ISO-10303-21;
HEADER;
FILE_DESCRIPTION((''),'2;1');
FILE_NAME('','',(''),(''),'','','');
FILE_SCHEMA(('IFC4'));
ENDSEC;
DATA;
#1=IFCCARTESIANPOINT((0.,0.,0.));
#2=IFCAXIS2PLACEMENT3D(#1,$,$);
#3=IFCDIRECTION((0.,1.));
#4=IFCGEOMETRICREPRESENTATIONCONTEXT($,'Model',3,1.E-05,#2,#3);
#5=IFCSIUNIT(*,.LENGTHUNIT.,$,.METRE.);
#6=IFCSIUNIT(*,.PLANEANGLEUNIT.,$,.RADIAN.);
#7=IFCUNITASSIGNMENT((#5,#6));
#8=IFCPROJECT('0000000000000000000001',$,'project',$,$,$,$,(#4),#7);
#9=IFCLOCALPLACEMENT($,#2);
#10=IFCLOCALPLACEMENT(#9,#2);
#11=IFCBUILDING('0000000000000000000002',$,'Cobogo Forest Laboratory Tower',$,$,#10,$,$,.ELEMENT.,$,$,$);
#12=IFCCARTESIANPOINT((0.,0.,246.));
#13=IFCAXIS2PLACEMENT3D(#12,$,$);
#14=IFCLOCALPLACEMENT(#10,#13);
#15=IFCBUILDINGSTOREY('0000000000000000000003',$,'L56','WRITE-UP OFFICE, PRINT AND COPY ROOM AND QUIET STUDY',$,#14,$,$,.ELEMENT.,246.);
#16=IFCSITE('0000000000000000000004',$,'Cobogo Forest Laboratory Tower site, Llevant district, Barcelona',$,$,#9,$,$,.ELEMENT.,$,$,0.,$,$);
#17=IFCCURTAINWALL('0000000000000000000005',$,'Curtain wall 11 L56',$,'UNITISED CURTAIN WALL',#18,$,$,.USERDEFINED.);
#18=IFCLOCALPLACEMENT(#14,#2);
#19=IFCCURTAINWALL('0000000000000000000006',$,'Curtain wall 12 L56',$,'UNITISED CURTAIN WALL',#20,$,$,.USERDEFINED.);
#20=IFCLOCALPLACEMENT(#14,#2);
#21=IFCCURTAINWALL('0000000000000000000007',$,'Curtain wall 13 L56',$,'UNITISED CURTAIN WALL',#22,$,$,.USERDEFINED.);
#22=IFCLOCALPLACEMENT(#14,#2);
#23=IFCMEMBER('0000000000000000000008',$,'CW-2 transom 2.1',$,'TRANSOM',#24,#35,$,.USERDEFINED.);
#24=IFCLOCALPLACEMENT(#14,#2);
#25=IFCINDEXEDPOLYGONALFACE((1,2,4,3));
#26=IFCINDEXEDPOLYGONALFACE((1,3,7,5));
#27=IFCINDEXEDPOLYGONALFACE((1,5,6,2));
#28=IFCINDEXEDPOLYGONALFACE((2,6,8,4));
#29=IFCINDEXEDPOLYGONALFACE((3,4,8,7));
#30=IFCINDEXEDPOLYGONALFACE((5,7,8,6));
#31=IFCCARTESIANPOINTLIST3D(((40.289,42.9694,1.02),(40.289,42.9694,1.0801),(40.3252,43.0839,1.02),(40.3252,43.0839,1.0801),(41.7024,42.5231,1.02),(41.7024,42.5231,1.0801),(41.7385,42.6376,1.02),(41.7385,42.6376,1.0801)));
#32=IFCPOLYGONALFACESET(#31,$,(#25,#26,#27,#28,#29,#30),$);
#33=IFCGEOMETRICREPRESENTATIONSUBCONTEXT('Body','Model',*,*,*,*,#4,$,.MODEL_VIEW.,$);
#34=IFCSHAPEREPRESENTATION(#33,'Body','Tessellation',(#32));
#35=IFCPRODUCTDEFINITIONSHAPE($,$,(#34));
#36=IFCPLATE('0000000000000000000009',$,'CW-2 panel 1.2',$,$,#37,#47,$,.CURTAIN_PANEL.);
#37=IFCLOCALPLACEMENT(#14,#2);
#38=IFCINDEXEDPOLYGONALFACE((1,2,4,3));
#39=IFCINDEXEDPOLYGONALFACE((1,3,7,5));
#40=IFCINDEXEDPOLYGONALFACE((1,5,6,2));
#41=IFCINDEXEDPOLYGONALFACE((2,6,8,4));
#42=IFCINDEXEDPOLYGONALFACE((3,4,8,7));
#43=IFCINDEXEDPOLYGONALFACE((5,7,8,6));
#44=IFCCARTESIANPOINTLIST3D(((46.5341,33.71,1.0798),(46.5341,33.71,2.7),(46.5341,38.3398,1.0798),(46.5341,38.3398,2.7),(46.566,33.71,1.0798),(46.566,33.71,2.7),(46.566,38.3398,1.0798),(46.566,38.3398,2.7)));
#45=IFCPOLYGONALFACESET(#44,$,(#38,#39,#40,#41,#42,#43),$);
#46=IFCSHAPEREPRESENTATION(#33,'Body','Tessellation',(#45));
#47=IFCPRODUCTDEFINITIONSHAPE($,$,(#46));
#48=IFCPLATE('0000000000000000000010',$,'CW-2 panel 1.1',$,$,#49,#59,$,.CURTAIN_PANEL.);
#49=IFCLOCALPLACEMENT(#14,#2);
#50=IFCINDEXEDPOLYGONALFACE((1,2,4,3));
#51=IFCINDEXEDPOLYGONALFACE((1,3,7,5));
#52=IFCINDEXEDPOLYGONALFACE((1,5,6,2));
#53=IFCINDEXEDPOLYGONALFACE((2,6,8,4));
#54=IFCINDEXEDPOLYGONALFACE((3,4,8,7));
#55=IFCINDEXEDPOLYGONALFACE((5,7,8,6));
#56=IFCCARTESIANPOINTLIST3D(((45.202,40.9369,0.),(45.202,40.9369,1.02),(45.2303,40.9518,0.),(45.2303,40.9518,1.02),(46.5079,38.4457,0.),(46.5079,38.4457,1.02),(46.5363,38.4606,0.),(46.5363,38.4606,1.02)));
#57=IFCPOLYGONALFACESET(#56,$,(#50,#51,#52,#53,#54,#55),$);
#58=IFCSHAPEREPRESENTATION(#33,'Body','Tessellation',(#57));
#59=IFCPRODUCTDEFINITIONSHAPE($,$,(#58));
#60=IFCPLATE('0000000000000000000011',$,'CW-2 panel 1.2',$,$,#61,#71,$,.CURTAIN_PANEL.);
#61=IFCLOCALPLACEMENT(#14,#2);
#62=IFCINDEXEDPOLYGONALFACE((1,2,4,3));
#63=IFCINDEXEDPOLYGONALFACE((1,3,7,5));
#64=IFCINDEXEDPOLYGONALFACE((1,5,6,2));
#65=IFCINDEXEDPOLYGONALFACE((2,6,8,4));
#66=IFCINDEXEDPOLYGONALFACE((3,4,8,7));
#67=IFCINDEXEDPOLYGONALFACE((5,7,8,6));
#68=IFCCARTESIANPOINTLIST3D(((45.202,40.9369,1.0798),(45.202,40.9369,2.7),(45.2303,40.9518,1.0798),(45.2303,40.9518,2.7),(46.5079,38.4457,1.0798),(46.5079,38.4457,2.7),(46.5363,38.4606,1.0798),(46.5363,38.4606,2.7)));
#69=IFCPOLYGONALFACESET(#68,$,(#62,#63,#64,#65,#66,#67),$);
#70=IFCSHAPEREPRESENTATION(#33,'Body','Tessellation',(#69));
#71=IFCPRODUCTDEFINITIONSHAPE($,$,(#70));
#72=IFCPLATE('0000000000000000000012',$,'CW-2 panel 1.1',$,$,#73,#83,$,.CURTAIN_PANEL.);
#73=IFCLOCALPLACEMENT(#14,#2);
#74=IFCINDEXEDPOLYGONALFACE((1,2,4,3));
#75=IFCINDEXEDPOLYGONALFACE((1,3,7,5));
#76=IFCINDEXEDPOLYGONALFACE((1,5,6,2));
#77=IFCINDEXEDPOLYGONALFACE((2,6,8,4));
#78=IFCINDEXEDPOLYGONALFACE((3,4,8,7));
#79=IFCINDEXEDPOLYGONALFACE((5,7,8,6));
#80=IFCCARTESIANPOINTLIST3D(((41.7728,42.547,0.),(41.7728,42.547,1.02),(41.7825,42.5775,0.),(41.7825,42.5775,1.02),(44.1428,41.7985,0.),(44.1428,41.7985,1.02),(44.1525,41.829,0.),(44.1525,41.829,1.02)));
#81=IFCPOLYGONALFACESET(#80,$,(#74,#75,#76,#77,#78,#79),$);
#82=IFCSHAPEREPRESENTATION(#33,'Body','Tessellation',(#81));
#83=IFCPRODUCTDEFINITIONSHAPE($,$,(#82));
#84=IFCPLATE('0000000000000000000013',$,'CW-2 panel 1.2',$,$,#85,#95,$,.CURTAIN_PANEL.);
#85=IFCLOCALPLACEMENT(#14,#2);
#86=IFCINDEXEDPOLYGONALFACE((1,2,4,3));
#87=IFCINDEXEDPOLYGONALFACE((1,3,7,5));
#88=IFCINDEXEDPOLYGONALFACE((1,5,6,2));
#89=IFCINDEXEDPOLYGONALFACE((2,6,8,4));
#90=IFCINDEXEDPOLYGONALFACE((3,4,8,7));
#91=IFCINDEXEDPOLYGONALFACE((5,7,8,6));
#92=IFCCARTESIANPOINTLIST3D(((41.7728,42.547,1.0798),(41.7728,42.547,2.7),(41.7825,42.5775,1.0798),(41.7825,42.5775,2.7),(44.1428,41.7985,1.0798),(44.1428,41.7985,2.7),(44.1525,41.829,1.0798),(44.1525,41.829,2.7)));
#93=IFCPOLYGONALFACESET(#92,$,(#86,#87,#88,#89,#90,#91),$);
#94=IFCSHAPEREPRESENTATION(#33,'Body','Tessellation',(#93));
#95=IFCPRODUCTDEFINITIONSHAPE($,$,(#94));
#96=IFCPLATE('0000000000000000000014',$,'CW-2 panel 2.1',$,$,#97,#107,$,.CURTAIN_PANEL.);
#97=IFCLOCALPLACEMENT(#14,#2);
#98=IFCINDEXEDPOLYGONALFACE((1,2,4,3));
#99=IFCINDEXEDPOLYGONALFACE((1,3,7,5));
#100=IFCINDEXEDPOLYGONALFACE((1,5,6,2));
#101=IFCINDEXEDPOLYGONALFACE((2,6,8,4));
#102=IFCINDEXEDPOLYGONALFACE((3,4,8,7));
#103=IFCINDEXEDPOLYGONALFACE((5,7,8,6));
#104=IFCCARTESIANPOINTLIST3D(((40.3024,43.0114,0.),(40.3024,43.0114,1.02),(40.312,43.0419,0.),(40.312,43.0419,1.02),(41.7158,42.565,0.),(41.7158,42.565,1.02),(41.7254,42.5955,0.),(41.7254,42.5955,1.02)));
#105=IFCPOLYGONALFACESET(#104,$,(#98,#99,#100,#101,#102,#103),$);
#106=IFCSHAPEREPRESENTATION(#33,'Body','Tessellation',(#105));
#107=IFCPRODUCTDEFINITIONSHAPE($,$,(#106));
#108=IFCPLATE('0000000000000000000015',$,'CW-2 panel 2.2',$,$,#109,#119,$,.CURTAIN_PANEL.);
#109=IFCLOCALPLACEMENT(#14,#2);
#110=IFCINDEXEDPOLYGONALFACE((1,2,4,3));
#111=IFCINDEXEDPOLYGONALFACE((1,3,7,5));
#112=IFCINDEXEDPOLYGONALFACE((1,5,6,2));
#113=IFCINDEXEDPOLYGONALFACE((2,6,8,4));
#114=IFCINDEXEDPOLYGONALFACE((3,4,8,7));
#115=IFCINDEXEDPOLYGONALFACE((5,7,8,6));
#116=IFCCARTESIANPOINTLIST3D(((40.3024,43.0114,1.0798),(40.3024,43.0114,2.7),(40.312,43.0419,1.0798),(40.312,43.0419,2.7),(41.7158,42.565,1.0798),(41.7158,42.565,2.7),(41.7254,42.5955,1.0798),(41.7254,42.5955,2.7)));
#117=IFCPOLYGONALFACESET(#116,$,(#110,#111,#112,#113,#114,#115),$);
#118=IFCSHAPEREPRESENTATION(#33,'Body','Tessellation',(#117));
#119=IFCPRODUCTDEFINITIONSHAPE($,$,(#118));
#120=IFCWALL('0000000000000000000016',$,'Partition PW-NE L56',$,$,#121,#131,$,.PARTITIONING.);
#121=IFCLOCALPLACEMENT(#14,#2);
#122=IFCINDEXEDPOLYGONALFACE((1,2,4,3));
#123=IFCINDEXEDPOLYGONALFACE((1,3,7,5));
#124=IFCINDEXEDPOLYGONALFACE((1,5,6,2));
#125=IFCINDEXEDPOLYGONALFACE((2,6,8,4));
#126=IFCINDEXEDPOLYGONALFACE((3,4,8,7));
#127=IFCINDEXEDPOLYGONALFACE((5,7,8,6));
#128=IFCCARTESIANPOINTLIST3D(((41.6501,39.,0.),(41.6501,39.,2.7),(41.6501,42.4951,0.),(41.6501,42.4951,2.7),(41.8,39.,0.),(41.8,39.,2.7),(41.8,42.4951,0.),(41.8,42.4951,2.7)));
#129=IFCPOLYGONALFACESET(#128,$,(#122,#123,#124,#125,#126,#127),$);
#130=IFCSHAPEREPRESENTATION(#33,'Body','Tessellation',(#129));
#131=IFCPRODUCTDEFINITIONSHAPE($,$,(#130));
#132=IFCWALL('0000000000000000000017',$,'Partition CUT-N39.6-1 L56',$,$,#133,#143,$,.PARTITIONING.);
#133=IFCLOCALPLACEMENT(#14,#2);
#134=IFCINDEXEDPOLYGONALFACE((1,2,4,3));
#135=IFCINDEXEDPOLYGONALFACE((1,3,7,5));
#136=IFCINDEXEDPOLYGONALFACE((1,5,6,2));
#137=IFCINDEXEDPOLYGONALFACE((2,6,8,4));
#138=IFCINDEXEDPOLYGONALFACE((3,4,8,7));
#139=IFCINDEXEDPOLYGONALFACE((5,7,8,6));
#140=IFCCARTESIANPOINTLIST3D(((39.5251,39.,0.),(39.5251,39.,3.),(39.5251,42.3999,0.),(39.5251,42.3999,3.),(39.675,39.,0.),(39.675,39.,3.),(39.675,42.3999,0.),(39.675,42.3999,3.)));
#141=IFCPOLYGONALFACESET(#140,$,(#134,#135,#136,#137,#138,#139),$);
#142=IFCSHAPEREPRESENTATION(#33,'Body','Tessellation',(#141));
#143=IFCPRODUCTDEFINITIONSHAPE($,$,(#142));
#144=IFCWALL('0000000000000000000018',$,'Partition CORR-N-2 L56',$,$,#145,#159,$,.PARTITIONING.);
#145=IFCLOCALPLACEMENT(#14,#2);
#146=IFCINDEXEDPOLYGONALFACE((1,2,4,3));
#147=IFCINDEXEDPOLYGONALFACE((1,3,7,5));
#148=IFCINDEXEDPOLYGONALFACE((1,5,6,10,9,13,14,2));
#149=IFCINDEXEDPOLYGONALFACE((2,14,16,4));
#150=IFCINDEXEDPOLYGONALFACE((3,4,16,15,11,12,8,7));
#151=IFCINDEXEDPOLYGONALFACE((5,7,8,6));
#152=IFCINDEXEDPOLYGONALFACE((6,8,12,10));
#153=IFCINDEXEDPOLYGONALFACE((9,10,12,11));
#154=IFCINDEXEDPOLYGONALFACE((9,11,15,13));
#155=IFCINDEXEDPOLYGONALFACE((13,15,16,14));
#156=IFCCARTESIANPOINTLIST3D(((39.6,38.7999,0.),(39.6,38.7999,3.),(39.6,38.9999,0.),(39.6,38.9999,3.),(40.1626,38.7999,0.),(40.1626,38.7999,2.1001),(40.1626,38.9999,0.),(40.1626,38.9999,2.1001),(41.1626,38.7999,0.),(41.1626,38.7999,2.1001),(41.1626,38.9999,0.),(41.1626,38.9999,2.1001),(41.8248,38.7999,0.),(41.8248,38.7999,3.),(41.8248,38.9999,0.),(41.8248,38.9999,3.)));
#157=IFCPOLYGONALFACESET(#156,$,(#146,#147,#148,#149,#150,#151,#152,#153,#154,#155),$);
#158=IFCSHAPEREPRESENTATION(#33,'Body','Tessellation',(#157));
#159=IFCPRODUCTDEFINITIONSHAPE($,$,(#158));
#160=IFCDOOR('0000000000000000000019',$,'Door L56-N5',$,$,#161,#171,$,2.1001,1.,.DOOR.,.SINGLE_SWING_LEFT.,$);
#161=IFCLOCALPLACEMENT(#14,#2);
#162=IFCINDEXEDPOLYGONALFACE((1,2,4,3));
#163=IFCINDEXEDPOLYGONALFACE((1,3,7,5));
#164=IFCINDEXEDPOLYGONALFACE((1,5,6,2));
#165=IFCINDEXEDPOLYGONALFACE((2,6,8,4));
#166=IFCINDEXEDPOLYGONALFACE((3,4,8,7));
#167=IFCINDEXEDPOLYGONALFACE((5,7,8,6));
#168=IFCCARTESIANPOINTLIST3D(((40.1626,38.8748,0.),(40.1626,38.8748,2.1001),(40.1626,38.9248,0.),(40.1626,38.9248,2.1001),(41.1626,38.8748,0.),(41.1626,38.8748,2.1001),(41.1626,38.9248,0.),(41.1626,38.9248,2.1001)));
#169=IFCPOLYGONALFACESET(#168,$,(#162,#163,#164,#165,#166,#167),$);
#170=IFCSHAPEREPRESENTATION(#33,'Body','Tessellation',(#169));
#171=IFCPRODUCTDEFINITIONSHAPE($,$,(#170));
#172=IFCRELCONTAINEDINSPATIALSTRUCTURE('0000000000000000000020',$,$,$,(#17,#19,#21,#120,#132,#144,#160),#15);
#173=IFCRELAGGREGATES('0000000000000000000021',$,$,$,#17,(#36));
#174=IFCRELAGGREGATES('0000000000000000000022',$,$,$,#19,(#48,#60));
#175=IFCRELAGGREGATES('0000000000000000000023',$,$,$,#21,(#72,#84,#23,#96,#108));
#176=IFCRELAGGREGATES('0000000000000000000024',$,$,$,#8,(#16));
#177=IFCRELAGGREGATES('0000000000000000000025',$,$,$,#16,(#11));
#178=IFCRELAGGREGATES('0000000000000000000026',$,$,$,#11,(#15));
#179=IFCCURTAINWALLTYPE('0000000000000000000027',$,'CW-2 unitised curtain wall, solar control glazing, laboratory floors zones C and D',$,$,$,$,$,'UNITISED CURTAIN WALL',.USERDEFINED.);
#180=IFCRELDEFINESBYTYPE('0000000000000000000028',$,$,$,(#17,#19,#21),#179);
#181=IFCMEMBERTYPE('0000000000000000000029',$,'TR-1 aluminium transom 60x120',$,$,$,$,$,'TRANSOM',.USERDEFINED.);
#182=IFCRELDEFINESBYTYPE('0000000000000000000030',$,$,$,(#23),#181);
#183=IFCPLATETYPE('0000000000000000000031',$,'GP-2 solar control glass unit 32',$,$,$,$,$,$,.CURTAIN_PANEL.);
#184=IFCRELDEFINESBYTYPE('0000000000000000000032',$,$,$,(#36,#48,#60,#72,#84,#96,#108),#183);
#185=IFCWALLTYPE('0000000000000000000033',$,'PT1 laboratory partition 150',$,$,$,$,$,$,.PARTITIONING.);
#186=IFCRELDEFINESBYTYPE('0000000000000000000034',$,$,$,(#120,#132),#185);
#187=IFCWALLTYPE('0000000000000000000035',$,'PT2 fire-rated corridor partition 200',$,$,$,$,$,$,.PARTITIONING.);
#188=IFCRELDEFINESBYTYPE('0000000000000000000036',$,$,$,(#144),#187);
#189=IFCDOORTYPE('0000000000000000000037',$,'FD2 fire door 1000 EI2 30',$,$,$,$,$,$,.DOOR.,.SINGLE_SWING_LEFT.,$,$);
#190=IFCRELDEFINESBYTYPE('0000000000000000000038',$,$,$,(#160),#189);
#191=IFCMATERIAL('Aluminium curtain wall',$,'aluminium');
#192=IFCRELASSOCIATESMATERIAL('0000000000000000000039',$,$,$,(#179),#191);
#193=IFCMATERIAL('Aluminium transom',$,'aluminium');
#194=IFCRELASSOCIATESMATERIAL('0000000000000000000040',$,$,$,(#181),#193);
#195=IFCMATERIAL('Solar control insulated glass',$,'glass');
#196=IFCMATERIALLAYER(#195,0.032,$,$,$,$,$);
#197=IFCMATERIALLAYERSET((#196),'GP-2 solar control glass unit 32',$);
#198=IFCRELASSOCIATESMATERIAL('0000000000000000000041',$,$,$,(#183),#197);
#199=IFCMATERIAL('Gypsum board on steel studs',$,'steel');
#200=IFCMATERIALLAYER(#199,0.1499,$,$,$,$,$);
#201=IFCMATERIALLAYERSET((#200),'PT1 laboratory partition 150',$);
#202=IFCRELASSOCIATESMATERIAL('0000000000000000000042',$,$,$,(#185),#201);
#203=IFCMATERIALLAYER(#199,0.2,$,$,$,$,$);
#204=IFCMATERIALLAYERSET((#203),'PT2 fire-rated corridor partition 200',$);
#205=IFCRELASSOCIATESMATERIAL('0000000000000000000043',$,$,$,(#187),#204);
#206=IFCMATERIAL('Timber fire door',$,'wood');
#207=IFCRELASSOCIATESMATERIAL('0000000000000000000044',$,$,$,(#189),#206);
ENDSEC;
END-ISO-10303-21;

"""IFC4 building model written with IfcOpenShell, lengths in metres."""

from ifc_helpers import new_model, si_unit, direction, frame, frame_2d, origin, origin_2d, place, context, subcontext, project, spatial, rectangle, extrude, material, layer, layer_set, material_profile, profile_set, type_object, element, fill, aggregate, save


model = new_model("IFC4")

# Units and contexts
model_context = context("Model", 3, precision=1e-05, world=origin(), true_north=direction((0.0, 1.0)))
body_context = subcontext(model_context, "Body", "Model", "MODEL_VIEW")
ifc_project = project(units=[si_unit("LENGTHUNIT", "METRE"), si_unit("PLANEANGLEUNIT", "RADIAN")], contexts=[model_context])

# Site, building, storey
site_placement = place(None, origin())
site = spatial("IfcSite", under=ifc_project, at=site_placement, Name="Cobogo Forest Laboratory Tower site, Llevant district, Barcelona", CompositionType="ELEMENT", RefElevation=0.0)
building_placement = place(site_placement, origin())
building = spatial("IfcBuilding", under=site, at=building_placement, Name="Cobogo Forest Laboratory Tower", CompositionType="ELEMENT")
storey_placement = place(building_placement, frame((0.0, 0.0, 246.0)))
storey = spatial("IfcBuildingStorey", under=building, at=storey_placement, Name="L56", Description="WRITE-UP OFFICE, PRINT AND COPY ROOM AND QUIET STUDY", CompositionType="ELEMENT", Elevation=246.0)

# Curtain wall
ifc_material_1 = material(Name="Aluminium curtain wall", Category="aluminium")
curtain_wall_type = type_object("IfcCurtainWallType", Name="CW-2 unitised curtain wall, solar control glazing, laboratory floors zones C and D", ElementType="UNITISED CURTAIN WALL", PredefinedType="USERDEFINED", material=ifc_material_1)
curtain_wall_1_placement = place(storey_placement, origin())
curtain_wall_1 = element("IfcCurtainWall", 1, at=curtain_wall_1_placement, inside=storey, type_object=curtain_wall_type, Name="Curtain wall 11 L56", ObjectType="UNITISED CURTAIN WALL", PredefinedType="USERDEFINED")

# Curtain walls
curtain_wall_2_placement = place(storey_placement, origin())
curtain_wall_2 = element("IfcCurtainWall", 2, at=curtain_wall_2_placement, inside=storey, type_object=curtain_wall_type, Name="Curtain wall 12 L56", ObjectType="UNITISED CURTAIN WALL", PredefinedType="USERDEFINED")
curtain_wall_3_placement = place(storey_placement, origin())
curtain_wall_3 = element("IfcCurtainWall", 3, at=curtain_wall_3_placement, inside=storey, type_object=curtain_wall_type, Name="Curtain wall 13 L56", ObjectType="UNITISED CURTAIN WALL", PredefinedType="USERDEFINED")

# Member
ifc_material_2 = material(Name="Aluminium transom", Category="aluminium")
ifc_material_profile_1 = material_profile(ifc_material_2, rectangle(XDim=0.1201, YDim=0.0601, at=origin_2d()), Name="AL 60x120")
ifc_profile_set_1 = profile_set([ifc_material_profile_1], Name="Aluminium transom")
member_type_1 = type_object("IfcMemberType", Name="TR-1 aluminium transom 60x120", ElementType="TRANSOM", PredefinedType="USERDEFINED", material=ifc_profile_set_1)
member_1_placement = place(storey_placement, frame((41.7205, 42.5803, 1.05), z_axis=(-0.953588, 0.301116, 0.0), x_axis=(-0.301116, -0.953588, 0.0)))
member_1 = element("IfcMember", 4, at=member_1_placement, type_object=member_type_1, Name="CW-2 transom 2.1", ObjectType="TRANSOM", PredefinedType="USERDEFINED", context=body_context, shape_type="SweptSolid", body=[
    extrude(rectangle(XDim=0.1201, YDim=0.0601, at=origin_2d()), origin(), (0.0, 0.0, 1.0), 1.4822),
])

# Plates
ifc_material_3 = material(Name="Solar control insulated glass", Category="glass")
ifc_layer_1 = layer(ifc_material_3, 0.032)
ifc_layer_set_1 = layer_set([ifc_layer_1], Name="GP-2 solar control glass unit 32")
plate_type = type_object("IfcPlateType", Name="GP-2 solar control glass unit 32", PredefinedType="CURTAIN_PANEL", material=ifc_layer_set_1)
plate_1_placement = place(storey_placement, frame((46.55, 36.0249, 1.0798), z_axis=(0.0, 0.0, 1.0), x_axis=(0.0, 1.0, 0.0)))
plate_1 = element("IfcPlate", 5, at=plate_1_placement, type_object=plate_type, Name="CW-2 panel 1.2", PredefinedType="CURTAIN_PANEL", context=body_context, shape_type="SweptSolid", body=[
    extrude(rectangle(XDim=4.6299, YDim=0.032, at=origin_2d()), origin(), (0.0, 0.0, 1.0), 1.6201),
])
aggregate(curtain_wall_1, [plate_1])
plate_2_placement = place(storey_placement, frame((45.8691, 39.6987, 0.0), z_axis=(0.0, 0.0, 1.0), x_axis=(-0.464284, 0.885686, 0.0)))
plate_2 = element("IfcPlate", 6, at=plate_2_placement, type_object=plate_type, Name="CW-2 panel 1.1", PredefinedType="CURTAIN_PANEL", context=body_context, shape_type="SweptSolid", body=[
    extrude(rectangle(XDim=2.8127, YDim=0.032, at=origin_2d()), origin(), (0.0, 0.0, 1.0), 1.02),
])
plate_3_placement = place(storey_placement, frame((45.8691, 39.6987, 1.0798), z_axis=(0.0, 0.0, 1.0), x_axis=(-0.464284, 0.885686, 0.0)))
plate_3 = element("IfcPlate", 7, at=plate_3_placement, type_object=plate_type, Name="CW-2 panel 1.2", PredefinedType="CURTAIN_PANEL", context=body_context, shape_type="SweptSolid", body=[
    extrude(rectangle(XDim=2.8127, YDim=0.032, at=origin_2d()), origin(), (0.0, 0.0, 1.0), 1.6201),
])
aggregate(curtain_wall_2, [plate_2, plate_3])
plate_4_placement = place(storey_placement, frame((42.9626, 42.188, 0.0), z_axis=(0.0, 0.0, 1.0), x_axis=(-0.953581, 0.301135, 0.0)))
plate_4 = element("IfcPlate", 8, at=plate_4_placement, type_object=plate_type, Name="CW-2 panel 1.1", PredefinedType="CURTAIN_PANEL", context=body_context, shape_type="SweptSolid", body=[
    extrude(rectangle(XDim=2.4854, YDim=0.032, at=origin_2d()), origin(), (0.0, 0.0, 1.0), 1.02),
])
plate_5_placement = place(storey_placement, frame((42.9626, 42.188, 1.0798), z_axis=(0.0, 0.0, 1.0), x_axis=(-0.953581, 0.301135, 0.0)))
plate_5 = element("IfcPlate", 9, at=plate_5_placement, type_object=plate_type, Name="CW-2 panel 1.2", PredefinedType="CURTAIN_PANEL", context=body_context, shape_type="SweptSolid", body=[
    extrude(rectangle(XDim=2.4854, YDim=0.032, at=origin_2d()), origin(), (0.0, 0.0, 1.0), 1.6201),
])
plate_6_placement = place(storey_placement, frame((41.0139, 42.8035, 0.0), z_axis=(0.0, 0.0, 1.0), x_axis=(-0.953581, 0.301135, 0.0)))
plate_6 = element("IfcPlate", 10, at=plate_6_placement, type_object=plate_type, Name="CW-2 panel 2.1", PredefinedType="CURTAIN_PANEL", context=body_context, shape_type="SweptSolid", body=[
    extrude(rectangle(XDim=1.4822, YDim=0.032, at=origin_2d()), origin(), (0.0, 0.0, 1.0), 1.02),
])
plate_7_placement = place(storey_placement, frame((41.0139, 42.8035, 1.0798), z_axis=(0.0, 0.0, 1.0), x_axis=(-0.953581, 0.301135, 0.0)))
plate_7 = element("IfcPlate", 11, at=plate_7_placement, type_object=plate_type, Name="CW-2 panel 2.2", PredefinedType="CURTAIN_PANEL", context=body_context, shape_type="SweptSolid", body=[
    extrude(rectangle(XDim=1.4822, YDim=0.032, at=origin_2d()), origin(), (0.0, 0.0, 1.0), 1.6201),
])
aggregate(curtain_wall_3, [plate_4, plate_5, member_1, plate_6, plate_7])

# Walls
ifc_material_4 = material(Name="Gypsum board on steel studs", Category="steel")
ifc_layer_2 = layer(ifc_material_4, 0.1499)
ifc_layer_set_2 = layer_set([ifc_layer_2], Name="PT1 laboratory partition 150")
wall_type_1 = type_object("IfcWallType", Name="PT1 laboratory partition 150", PredefinedType="PARTITIONING", material=ifc_layer_set_2)
wall_1_placement = place(storey_placement, frame((41.7251, 42.4951, 0.0), z_axis=(0.0, 0.0, 1.0), x_axis=(0.0, -1.0, 0.0)))
element("IfcWall", 12, at=wall_1_placement, inside=storey, type_object=wall_type_1, Name="Partition PW-NE L56", PredefinedType="PARTITIONING", context=body_context, shape_type="SweptSolid", body=[
    extrude(rectangle(XDim=3.4951, YDim=0.1499, at=frame_2d((1.7476, 0.0))), origin(), (0.0, 0.0, 1.0), 2.7),
])
wall_2_placement = place(storey_placement, frame((39.6001, 42.3999, 0.0), z_axis=(0.0, 0.0, 1.0), x_axis=(0.0, -1.0, 0.0)))
element("IfcWall", 13, at=wall_2_placement, inside=storey, type_object=wall_type_1, Name="Partition CUT-N39.6-1 L56", PredefinedType="PARTITIONING", context=body_context, shape_type="SweptSolid", body=[
    extrude(rectangle(XDim=3.3999, YDim=0.1499, at=frame_2d((1.7, 0.0))), origin(), (0.0, 0.0, 1.0), 3.0),
])

# Wall, opening, door
ifc_layer_3 = layer(ifc_material_4, 0.2)
ifc_layer_set_3 = layer_set([ifc_layer_3], Name="PT2 fire-rated corridor partition 200")
wall_type_2 = type_object("IfcWallType", Name="PT2 fire-rated corridor partition 200", PredefinedType="PARTITIONING", material=ifc_layer_set_3)
wall_3_placement = place(storey_placement, frame((39.6001, 38.8999, 0.0), z_axis=(0.0, 0.0, 1.0), x_axis=(1.0, 0.0, 0.0)))
wall_3 = element("IfcWall", 14, at=wall_3_placement, inside=storey, type_object=wall_type_2, Name="Partition CORR-N-2 L56", PredefinedType="PARTITIONING", context=body_context, shape_type="SweptSolid", body=[
    extrude(rectangle(XDim=2.2249, YDim=0.2, at=frame_2d((1.1123, 0.0))), origin(), (0.0, 0.0, 1.0), 3.0),
])
opening_placement = place(wall_3_placement, frame((0.5625, 0.0, 0.0)))
opening = element("IfcOpeningElement", 15, at=opening_placement, cuts=wall_3, PredefinedType="OPENING", context=body_context, shape_type="SweptSolid", body=[
    extrude(rectangle(XDim=1.0, YDim=2.1001, at=frame_2d((0.5, 1.05))), frame((0.0, 0.1099, 0.0), z_axis=(0.0, -1.0, 0.0), x_axis=(1.0, 0.0, 0.0)), (0.0, 0.0, 1.0), 0.22),
])
ifc_material_5 = material(Name="Timber fire door", Category="wood")
door_type = type_object("IfcDoorType", Name="FD2 fire door 1000 EI2 30", OperationType="SINGLE_SWING_LEFT", PredefinedType="DOOR", material=ifc_material_5)
door_placement = place(opening_placement, origin())
door = element("IfcDoor", 16, at=door_placement, inside=storey, type_object=door_type, Name="Door L56-N5", OperationType="SINGLE_SWING_LEFT", OverallHeight=2.1001, OverallWidth=1.0, PredefinedType="DOOR", context=body_context, shape_type="SweptSolid", body=[
    extrude(rectangle(XDim=1.0, YDim=2.1001, at=frame_2d((0.5, 1.05))), frame((0.0, 0.0249, 0.0), z_axis=(0.0, -1.0, 0.0), x_axis=(1.0, 0.0, 0.0)), (0.0, 0.0, 1.0), 0.05),
])
fill(opening, door)

save(model, "model.ifc")
